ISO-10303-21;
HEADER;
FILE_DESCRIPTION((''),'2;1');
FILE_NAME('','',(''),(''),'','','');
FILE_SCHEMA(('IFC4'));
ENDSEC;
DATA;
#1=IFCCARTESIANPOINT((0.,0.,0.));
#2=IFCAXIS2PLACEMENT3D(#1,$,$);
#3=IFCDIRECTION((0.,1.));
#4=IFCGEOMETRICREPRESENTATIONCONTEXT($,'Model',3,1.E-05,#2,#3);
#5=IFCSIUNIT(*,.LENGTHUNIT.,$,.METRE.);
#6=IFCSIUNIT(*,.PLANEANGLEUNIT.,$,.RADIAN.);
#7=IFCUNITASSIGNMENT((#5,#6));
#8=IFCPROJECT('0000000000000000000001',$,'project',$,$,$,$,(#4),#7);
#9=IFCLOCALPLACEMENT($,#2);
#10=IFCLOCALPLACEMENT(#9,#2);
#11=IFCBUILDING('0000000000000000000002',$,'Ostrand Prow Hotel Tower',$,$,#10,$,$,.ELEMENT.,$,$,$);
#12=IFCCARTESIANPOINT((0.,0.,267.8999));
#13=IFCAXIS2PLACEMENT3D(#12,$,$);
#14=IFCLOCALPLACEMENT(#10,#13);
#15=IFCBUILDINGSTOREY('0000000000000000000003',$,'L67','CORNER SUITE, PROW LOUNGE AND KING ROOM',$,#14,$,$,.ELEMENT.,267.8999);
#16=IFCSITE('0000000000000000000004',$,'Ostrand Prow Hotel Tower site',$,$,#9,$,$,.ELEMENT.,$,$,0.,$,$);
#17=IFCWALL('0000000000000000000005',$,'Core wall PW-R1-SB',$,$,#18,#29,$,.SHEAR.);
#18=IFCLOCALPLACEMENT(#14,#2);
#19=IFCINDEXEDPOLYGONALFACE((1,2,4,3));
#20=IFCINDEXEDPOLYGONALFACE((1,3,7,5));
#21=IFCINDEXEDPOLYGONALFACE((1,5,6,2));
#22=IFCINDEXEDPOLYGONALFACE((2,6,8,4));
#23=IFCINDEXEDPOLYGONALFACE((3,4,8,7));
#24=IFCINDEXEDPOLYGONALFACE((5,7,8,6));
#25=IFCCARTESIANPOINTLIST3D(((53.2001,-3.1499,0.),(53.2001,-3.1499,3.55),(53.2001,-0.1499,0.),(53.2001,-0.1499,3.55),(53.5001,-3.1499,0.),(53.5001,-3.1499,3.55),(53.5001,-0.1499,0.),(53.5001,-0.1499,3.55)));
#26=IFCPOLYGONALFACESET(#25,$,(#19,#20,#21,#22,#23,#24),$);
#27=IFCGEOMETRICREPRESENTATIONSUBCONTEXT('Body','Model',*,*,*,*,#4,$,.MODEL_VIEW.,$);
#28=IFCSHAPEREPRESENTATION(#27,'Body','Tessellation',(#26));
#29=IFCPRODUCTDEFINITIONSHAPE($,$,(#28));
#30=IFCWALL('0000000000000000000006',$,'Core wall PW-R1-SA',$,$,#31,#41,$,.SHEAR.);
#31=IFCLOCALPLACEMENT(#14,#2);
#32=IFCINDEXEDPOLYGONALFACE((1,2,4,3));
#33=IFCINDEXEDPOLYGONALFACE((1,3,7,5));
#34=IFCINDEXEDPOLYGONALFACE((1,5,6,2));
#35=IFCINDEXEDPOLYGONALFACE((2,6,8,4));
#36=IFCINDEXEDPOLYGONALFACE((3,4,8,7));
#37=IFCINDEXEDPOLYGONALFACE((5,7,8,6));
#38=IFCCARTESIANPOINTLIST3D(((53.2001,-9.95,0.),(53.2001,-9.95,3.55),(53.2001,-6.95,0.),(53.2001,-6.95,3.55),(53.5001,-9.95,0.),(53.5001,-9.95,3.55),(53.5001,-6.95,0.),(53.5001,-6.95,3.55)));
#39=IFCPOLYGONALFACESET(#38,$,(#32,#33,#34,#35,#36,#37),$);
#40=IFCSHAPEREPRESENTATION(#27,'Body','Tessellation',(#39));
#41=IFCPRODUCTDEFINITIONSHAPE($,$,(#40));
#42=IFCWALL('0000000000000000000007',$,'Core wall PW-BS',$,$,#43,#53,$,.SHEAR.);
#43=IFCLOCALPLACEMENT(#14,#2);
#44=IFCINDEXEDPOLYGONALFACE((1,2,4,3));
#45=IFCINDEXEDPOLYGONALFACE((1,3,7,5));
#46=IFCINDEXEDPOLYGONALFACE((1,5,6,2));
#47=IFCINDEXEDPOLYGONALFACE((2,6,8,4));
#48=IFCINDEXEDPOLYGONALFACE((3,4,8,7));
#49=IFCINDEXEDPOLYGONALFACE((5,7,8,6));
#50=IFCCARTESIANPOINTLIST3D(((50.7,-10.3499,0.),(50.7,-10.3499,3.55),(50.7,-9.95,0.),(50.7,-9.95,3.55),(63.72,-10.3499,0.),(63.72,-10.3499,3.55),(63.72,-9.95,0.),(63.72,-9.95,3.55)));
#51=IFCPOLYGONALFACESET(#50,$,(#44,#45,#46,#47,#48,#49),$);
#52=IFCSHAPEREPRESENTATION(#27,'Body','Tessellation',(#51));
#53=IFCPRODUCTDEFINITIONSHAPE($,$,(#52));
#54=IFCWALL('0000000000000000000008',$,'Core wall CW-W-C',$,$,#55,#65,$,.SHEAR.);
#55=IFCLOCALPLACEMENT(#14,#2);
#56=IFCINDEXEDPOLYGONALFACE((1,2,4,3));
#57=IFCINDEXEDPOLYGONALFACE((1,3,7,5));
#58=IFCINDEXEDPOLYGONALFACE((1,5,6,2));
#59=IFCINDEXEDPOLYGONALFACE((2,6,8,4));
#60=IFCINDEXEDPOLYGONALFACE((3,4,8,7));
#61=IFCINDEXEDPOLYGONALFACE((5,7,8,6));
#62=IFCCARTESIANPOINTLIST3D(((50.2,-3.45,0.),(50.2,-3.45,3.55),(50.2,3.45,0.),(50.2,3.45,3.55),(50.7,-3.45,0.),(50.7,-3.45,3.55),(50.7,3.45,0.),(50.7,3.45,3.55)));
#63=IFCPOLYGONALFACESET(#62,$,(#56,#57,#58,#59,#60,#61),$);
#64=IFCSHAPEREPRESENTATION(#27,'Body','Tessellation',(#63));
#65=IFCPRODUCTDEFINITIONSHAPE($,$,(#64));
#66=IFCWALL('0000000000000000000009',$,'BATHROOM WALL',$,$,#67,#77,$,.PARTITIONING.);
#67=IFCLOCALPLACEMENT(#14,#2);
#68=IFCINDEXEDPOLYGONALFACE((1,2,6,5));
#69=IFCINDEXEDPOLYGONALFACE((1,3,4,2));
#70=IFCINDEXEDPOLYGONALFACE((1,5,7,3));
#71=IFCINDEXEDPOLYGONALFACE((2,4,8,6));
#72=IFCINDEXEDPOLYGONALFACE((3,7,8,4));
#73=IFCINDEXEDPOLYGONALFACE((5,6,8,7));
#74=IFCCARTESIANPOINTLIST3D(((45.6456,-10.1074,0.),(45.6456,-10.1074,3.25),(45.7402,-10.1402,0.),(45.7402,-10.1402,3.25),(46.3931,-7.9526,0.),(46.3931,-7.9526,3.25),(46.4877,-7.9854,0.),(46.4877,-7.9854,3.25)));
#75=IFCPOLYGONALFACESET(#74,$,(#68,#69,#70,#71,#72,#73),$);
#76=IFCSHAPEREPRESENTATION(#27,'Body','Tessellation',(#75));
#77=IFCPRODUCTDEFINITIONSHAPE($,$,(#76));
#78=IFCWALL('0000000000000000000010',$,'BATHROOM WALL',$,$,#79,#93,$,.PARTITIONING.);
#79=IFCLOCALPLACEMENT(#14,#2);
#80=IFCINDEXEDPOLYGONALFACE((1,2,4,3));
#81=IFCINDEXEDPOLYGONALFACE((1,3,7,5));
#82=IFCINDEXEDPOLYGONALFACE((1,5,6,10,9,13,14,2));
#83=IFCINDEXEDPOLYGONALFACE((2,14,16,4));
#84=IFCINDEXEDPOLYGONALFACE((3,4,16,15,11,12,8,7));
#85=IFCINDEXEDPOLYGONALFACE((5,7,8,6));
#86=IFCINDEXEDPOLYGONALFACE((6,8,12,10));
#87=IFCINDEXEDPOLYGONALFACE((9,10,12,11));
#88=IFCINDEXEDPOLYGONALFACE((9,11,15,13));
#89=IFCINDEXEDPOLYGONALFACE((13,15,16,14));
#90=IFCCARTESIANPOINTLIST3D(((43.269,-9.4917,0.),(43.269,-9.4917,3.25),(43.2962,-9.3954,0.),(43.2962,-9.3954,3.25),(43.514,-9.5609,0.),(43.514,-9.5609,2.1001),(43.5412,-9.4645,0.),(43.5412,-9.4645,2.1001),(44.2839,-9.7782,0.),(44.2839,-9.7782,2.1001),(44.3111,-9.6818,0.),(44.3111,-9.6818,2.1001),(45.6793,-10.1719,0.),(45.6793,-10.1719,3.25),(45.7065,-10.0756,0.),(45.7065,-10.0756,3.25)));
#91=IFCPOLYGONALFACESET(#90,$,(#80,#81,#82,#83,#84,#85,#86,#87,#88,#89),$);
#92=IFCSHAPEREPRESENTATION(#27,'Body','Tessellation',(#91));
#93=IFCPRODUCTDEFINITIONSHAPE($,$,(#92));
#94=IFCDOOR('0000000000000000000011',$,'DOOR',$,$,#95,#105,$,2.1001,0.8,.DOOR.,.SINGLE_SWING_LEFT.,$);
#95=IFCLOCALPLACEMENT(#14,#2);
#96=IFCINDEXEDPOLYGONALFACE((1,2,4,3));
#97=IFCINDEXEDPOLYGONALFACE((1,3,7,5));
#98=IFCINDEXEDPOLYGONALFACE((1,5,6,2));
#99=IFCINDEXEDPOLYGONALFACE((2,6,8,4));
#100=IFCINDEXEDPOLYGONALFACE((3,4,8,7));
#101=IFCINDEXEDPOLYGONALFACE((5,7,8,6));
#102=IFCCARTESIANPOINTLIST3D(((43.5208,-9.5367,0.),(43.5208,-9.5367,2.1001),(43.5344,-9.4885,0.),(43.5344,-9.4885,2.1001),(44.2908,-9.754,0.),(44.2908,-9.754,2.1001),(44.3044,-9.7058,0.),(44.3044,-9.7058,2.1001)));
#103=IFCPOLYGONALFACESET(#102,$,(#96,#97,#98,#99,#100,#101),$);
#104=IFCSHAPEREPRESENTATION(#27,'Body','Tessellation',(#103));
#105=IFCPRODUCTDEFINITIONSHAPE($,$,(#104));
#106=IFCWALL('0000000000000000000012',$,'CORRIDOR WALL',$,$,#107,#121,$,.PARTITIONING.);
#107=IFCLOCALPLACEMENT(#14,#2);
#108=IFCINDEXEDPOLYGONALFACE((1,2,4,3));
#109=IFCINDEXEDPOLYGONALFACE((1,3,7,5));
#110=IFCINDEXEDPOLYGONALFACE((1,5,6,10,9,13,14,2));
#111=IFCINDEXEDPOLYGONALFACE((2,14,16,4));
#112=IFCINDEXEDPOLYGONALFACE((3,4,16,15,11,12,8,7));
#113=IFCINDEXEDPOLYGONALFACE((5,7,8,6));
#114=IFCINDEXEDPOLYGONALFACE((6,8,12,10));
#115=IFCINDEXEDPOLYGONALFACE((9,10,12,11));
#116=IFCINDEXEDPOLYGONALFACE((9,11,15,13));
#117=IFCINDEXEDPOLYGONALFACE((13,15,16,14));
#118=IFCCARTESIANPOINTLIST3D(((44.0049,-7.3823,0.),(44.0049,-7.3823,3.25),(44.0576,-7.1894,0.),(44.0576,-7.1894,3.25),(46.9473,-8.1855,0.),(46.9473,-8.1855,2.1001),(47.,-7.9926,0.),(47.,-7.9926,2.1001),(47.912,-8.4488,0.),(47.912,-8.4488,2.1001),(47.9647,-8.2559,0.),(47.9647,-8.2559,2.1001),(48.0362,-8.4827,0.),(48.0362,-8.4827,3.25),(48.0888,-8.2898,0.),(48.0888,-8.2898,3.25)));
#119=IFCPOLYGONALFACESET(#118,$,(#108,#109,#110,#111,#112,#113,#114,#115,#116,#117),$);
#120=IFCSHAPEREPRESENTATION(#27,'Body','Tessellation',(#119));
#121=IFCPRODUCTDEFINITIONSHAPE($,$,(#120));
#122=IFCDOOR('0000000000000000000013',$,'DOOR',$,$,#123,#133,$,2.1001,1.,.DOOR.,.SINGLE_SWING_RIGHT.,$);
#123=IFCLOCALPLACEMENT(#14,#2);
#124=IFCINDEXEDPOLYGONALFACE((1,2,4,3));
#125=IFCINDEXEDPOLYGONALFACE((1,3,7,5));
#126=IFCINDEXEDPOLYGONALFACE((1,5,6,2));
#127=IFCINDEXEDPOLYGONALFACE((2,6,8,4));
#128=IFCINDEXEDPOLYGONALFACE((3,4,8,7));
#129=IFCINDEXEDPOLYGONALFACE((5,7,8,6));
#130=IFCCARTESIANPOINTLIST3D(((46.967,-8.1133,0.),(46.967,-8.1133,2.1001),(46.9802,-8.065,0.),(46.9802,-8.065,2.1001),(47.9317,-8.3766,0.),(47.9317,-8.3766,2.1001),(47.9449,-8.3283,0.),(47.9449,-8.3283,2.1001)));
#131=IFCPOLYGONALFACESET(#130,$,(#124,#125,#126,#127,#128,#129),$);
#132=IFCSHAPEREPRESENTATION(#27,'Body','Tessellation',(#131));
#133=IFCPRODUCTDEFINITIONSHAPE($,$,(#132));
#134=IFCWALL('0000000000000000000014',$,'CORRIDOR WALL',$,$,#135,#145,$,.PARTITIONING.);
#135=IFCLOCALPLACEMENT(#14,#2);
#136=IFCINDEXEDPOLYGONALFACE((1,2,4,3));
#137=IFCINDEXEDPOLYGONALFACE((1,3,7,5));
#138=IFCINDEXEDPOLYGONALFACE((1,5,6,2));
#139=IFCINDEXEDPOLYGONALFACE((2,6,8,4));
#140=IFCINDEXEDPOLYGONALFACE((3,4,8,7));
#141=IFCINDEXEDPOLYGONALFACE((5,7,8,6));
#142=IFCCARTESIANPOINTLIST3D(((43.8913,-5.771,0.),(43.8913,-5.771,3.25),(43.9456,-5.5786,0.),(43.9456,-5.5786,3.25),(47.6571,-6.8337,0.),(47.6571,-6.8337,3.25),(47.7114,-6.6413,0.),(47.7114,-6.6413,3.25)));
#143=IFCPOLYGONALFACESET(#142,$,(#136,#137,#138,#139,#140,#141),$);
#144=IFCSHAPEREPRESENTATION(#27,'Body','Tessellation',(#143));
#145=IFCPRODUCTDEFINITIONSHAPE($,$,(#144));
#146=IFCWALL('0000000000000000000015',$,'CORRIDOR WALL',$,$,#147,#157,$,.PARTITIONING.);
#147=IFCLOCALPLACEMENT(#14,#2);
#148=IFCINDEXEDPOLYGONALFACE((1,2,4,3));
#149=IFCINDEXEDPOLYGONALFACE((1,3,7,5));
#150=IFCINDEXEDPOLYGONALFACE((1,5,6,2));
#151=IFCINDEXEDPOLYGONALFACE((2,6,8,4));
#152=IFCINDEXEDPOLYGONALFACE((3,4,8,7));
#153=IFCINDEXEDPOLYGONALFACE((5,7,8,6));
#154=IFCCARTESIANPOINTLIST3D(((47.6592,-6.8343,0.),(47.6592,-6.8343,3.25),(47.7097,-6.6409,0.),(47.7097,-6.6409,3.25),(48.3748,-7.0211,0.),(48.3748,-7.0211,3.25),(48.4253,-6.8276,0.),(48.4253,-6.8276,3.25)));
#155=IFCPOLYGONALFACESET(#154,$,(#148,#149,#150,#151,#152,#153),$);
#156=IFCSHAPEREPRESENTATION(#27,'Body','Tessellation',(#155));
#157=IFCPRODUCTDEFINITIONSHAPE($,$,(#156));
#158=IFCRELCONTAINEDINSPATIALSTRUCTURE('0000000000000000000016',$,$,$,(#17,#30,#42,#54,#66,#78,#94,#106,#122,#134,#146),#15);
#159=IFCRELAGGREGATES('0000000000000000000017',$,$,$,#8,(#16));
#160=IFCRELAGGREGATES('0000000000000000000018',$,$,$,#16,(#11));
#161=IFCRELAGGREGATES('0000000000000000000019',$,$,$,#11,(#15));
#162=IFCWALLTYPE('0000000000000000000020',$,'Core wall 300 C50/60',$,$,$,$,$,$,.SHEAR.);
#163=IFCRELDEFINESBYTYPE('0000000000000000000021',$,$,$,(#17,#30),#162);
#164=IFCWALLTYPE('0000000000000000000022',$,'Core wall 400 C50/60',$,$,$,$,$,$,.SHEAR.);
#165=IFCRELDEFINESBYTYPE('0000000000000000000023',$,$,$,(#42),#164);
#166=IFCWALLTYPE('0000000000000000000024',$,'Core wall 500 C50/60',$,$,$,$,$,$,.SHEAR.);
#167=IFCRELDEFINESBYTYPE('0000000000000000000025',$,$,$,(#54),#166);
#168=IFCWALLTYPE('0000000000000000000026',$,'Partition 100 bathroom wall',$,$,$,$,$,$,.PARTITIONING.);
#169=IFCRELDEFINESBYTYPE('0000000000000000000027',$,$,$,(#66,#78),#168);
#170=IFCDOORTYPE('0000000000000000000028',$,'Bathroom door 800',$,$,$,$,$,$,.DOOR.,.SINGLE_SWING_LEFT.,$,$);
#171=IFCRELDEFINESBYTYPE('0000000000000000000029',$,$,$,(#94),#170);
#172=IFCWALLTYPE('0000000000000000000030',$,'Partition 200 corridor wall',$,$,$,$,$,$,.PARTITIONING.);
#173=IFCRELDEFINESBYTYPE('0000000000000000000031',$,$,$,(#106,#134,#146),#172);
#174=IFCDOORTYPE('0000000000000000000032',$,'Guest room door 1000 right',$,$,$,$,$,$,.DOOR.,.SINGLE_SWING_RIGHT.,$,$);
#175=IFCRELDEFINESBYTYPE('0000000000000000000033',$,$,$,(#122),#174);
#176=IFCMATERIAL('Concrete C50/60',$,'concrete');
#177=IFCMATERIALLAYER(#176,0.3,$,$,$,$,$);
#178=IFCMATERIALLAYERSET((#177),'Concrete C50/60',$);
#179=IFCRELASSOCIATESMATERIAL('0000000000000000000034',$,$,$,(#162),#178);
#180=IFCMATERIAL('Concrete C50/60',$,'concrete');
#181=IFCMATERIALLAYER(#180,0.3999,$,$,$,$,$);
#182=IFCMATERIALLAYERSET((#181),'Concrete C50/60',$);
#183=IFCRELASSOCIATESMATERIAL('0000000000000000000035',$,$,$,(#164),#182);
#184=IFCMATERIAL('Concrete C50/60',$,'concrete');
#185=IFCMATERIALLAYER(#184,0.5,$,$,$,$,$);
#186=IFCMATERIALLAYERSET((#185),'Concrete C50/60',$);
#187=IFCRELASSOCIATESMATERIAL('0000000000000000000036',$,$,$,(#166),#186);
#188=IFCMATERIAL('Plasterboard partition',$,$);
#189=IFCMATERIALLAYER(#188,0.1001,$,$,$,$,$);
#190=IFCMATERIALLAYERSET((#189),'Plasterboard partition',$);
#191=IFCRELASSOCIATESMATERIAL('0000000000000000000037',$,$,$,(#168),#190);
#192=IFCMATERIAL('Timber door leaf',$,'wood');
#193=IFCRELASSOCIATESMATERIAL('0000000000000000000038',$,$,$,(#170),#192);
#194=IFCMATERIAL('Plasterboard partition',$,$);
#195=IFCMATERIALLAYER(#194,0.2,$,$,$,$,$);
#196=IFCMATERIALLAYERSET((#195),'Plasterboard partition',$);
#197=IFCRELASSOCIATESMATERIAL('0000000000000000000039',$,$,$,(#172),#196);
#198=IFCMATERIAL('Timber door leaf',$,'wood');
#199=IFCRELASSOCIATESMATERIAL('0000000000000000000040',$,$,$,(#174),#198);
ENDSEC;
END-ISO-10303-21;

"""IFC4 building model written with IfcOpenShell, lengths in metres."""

from ifc_helpers import new_model, si_unit, direction, frame, frame_2d, origin, place, context, subcontext, project, spatial, rectangle, extrude, material, layer, layer_set, type_object, element, fill, save


model = new_model("IFC4")

# Units and contexts
model_context = context("Model", 3, precision=1e-05, world=origin(), true_north=direction((0.0, 1.0)))
body_context = subcontext(model_context, "Body", "Model", "MODEL_VIEW")
ifc_project = project(units=[si_unit("LENGTHUNIT", "METRE"), si_unit("PLANEANGLEUNIT", "RADIAN")], contexts=[model_context])

# Site, building, storey
site_placement = place(None, origin())
site = spatial("IfcSite", under=ifc_project, at=site_placement, Name="Ostrand Prow Hotel Tower site", CompositionType="ELEMENT", RefElevation=0.0)
building_placement = place(site_placement, origin())
building = spatial("IfcBuilding", under=site, at=building_placement, Name="Ostrand Prow Hotel Tower", CompositionType="ELEMENT")
storey_placement = place(building_placement, frame((0.0, 0.0, 267.8999)))
storey = spatial("IfcBuildingStorey", under=building, at=storey_placement, Name="L67", Description="CORNER SUITE, PROW LOUNGE AND KING ROOM", CompositionType="ELEMENT", Elevation=267.8999)

# Shared definitions
ifc_material_1 = material(Name="Concrete C50/60", Category="concrete")
ifc_layer_1 = layer(ifc_material_1, 0.3)
ifc_layer_set_1 = layer_set([ifc_layer_1], Name="Concrete C50/60")
wall_type_1 = type_object("IfcWallType", Name="Core wall 300 C50/60", PredefinedType="SHEAR", material=ifc_layer_set_1)

# Walls
for number, where, z_axis, x_axis, name in (
    (1, (53.3501, -3.1499, 0.0), (0.0, 0.0, 1.0), (0.0, 1.0, 0.0), "Core wall PW-R1-SB"),
    (2, (53.3501, -9.95, 0.0), (0.0, 0.0, 1.0), (0.0, 1.0, 0.0), "Core wall PW-R1-SA"),
):
    element("IfcWall", number, at=place(storey_placement, frame(where, z_axis=z_axis, x_axis=x_axis)), inside=storey, type_object=wall_type_1, Name=name, PredefinedType="SHEAR", context=body_context, shape_type="SweptSolid", body=[
        extrude(rectangle(XDim=3.0, YDim=0.3, at=frame_2d((1.5, 0.0))), origin(), (0.0, 0.0, 1.0), 3.55),
    ])
ifc_material_2 = material(Name="Concrete C50/60", Category="concrete")
ifc_layer_2 = layer(ifc_material_2, 0.3999)
ifc_layer_set_2 = layer_set([ifc_layer_2], Name="Concrete C50/60")
wall_type_2 = type_object("IfcWallType", Name="Core wall 400 C50/60", PredefinedType="SHEAR", material=ifc_layer_set_2)
wall_1_placement = place(storey_placement, frame((50.7, -10.1499, 0.0), z_axis=(0.0, 0.0, 1.0), x_axis=(1.0, 0.0, 0.0)))
element("IfcWall", 3, at=wall_1_placement, inside=storey, type_object=wall_type_2, Name="Core wall PW-BS", PredefinedType="SHEAR", context=body_context, shape_type="SweptSolid", body=[
    extrude(rectangle(XDim=13.02, YDim=0.3999, at=frame_2d((6.51, 0.0))), origin(), (0.0, 0.0, 1.0), 3.55),
])
ifc_material_3 = material(Name="Concrete C50/60", Category="concrete")
ifc_layer_3 = layer(ifc_material_3, 0.5)
ifc_layer_set_3 = layer_set([ifc_layer_3], Name="Concrete C50/60")
wall_type_3 = type_object("IfcWallType", Name="Core wall 500 C50/60", PredefinedType="SHEAR", material=ifc_layer_set_3)
wall_2_placement = place(storey_placement, frame((50.45, -3.45, 0.0), z_axis=(0.0, 0.0, 1.0), x_axis=(0.0, 1.0, 0.0)))
element("IfcWall", 4, at=wall_2_placement, inside=storey, type_object=wall_type_3, Name="Core wall CW-W-C", PredefinedType="SHEAR", context=body_context, shape_type="SweptSolid", body=[
    extrude(rectangle(XDim=6.8999, YDim=0.5, at=frame_2d((3.45, 0.0))), origin(), (0.0, 0.0, 1.0), 3.55),
])
ifc_material_4 = material(Name="Plasterboard partition")
ifc_layer_4 = layer(ifc_material_4, 0.1001)
ifc_layer_set_4 = layer_set([ifc_layer_4], Name="Plasterboard partition")
wall_type_4 = type_object("IfcWallType", Name="Partition 100 bathroom wall", PredefinedType="PARTITIONING", material=ifc_layer_set_4)
wall_3_placement = place(storey_placement, frame((46.4404, -7.969, 0.0), z_axis=(0.0, 0.0, 1.0), x_axis=(-0.327765, -0.944759, 0.0)))
element("IfcWall", 5, at=wall_3_placement, inside=storey, type_object=wall_type_4, Name="BATHROOM WALL", PredefinedType="PARTITIONING", context=body_context, shape_type="SweptSolid", body=[
    extrude(rectangle(XDim=2.2808, YDim=0.1001, at=frame_2d((1.1404, 0.0))), origin(), (0.0, 0.0, 1.0), 3.25),
])

# Walls, openings, doors
wall_4_placement = place(storey_placement, frame((45.6929, -10.1238, 0.0), z_axis=(0.0, 0.0, 1.0), x_axis=(-0.962409, 0.271604, 0.0)))
wall_4 = element("IfcWall", 6, at=wall_4_placement, inside=storey, type_object=wall_type_4, Name="BATHROOM WALL", PredefinedType="PARTITIONING", context=body_context, shape_type="SweptSolid", body=[
    extrude(rectangle(XDim=2.5044, YDim=0.1001, at=frame_2d((1.2522, 0.0))), origin(), (0.0, 0.0, 1.0), 3.25),
])
opening_1_placement = place(wall_4_placement, frame((1.45, 0.0, 0.0)))
opening_1 = element("IfcOpeningElement", 7, at=opening_1_placement, cuts=wall_4, PredefinedType="OPENING", context=body_context, shape_type="SweptSolid", body=[
    extrude(rectangle(XDim=0.8, YDim=2.1001, at=frame_2d((0.3999, 1.05))), frame((0.0, 0.0601, 0.0), z_axis=(0.0, -1.0, 0.0), x_axis=(1.0, 0.0, 0.0)), (0.0, 0.0, 1.0), 0.1201),
])
ifc_material_5 = material(Name="Timber door leaf", Category="wood")
door_type_1 = type_object("IfcDoorType", Name="Bathroom door 800", OperationType="SINGLE_SWING_LEFT", PredefinedType="DOOR", material=ifc_material_5)
door_1_placement = place(opening_1_placement, origin())
door_1 = element("IfcDoor", 8, at=door_1_placement, inside=storey, type_object=door_type_1, Name="DOOR", OperationType="SINGLE_SWING_LEFT", OverallHeight=2.1001, OverallWidth=0.8, PredefinedType="DOOR", context=body_context, shape_type="SweptSolid", body=[
    extrude(rectangle(XDim=0.8, YDim=2.1001, at=frame_2d((0.3999, 1.05))), frame((0.0, 0.0249, 0.0), z_axis=(0.0, -1.0, 0.0), x_axis=(1.0, 0.0, 0.0)), (0.0, 0.0, 1.0), 0.05),
])
fill(opening_1, door_1)
ifc_material_6 = material(Name="Plasterboard partition")
ifc_layer_5 = layer(ifc_material_6, 0.2)
ifc_layer_set_5 = layer_set([ifc_layer_5], Name="Plasterboard partition")
wall_type_5 = type_object("IfcWallType", Name="Partition 200 corridor wall", PredefinedType="PARTITIONING", material=ifc_layer_set_5)
wall_5_placement = place(storey_placement, frame((44.0312, -7.2859, 0.0), z_axis=(0.0, 0.0, 1.0), x_axis=(0.964709, -0.26332, 0.0)))
wall_5 = element("IfcWall", 9, at=wall_5_placement, inside=storey, type_object=wall_type_5, Name="CORRIDOR WALL", PredefinedType="PARTITIONING", context=body_context, shape_type="SweptSolid", body=[
    extrude(rectangle(XDim=4.1787, YDim=0.2, at=frame_2d((2.0894, 0.0))), origin(), (0.0, 0.0, 1.0), 3.25),
])
opening_2_placement = place(wall_5_placement, frame((3.05, 0.0, 0.0)))
opening_2 = element("IfcOpeningElement", 10, at=opening_2_placement, cuts=wall_5, PredefinedType="OPENING", context=body_context, shape_type="SweptSolid", body=[
    extrude(rectangle(XDim=1.0, YDim=2.1001, at=frame_2d((0.5, 1.05))), frame((0.0, 0.1099, 0.0), z_axis=(0.0, -1.0, 0.0), x_axis=(1.0, 0.0, 0.0)), (0.0, 0.0, 1.0), 0.22),
])
ifc_material_7 = material(Name="Timber door leaf", Category="wood")
door_type_2 = type_object("IfcDoorType", Name="Guest room door 1000 right", OperationType="SINGLE_SWING_RIGHT", PredefinedType="DOOR", material=ifc_material_7)
door_2_placement = place(opening_2_placement, origin())
door_2 = element("IfcDoor", 11, at=door_2_placement, inside=storey, type_object=door_type_2, Name="DOOR", OperationType="SINGLE_SWING_RIGHT", OverallHeight=2.1001, OverallWidth=1.0, PredefinedType="DOOR", context=body_context, shape_type="SweptSolid", body=[
    extrude(rectangle(XDim=1.0, YDim=2.1001, at=frame_2d((0.5, 1.05))), frame((0.0, 0.0249, 0.0), z_axis=(0.0, -1.0, 0.0), x_axis=(1.0, 0.0, 0.0)), (0.0, 0.0, 1.0), 0.05),
])
fill(opening_2, door_2)

# Walls
wall_6_placement = place(storey_placement, frame((47.6843, -6.7375, 0.0), z_axis=(0.0, 0.0, 1.0), x_axis=(-0.962411, 0.271596, 0.0)))
element("IfcWall", 12, at=wall_6_placement, inside=storey, type_object=wall_type_5, Name="CORRIDOR WALL", PredefinedType="PARTITIONING", context=body_context, shape_type="SweptSolid", body=[
    extrude(rectangle(XDim=3.9128, YDim=0.2, at=frame_2d((1.9565, 0.0))), origin(), (0.0, 0.0, 1.0), 3.25),
])
wall_7_placement = place(storey_placement, frame((48.3999, -6.9243, 0.0), z_axis=(0.0, 0.0, 1.0), x_axis=(-0.967586, 0.252543, 0.0)))
element("IfcWall", 13, at=wall_7_placement, inside=storey, type_object=wall_type_5, Name="CORRIDOR WALL", PredefinedType="PARTITIONING", context=body_context, shape_type="SweptSolid", body=[
    extrude(rectangle(XDim=0.7395, YDim=0.2, at=frame_2d((0.3696, 0.0))), origin(), (0.0, 0.0, 1.0), 3.25),
])

save(model, "model.ifc")
